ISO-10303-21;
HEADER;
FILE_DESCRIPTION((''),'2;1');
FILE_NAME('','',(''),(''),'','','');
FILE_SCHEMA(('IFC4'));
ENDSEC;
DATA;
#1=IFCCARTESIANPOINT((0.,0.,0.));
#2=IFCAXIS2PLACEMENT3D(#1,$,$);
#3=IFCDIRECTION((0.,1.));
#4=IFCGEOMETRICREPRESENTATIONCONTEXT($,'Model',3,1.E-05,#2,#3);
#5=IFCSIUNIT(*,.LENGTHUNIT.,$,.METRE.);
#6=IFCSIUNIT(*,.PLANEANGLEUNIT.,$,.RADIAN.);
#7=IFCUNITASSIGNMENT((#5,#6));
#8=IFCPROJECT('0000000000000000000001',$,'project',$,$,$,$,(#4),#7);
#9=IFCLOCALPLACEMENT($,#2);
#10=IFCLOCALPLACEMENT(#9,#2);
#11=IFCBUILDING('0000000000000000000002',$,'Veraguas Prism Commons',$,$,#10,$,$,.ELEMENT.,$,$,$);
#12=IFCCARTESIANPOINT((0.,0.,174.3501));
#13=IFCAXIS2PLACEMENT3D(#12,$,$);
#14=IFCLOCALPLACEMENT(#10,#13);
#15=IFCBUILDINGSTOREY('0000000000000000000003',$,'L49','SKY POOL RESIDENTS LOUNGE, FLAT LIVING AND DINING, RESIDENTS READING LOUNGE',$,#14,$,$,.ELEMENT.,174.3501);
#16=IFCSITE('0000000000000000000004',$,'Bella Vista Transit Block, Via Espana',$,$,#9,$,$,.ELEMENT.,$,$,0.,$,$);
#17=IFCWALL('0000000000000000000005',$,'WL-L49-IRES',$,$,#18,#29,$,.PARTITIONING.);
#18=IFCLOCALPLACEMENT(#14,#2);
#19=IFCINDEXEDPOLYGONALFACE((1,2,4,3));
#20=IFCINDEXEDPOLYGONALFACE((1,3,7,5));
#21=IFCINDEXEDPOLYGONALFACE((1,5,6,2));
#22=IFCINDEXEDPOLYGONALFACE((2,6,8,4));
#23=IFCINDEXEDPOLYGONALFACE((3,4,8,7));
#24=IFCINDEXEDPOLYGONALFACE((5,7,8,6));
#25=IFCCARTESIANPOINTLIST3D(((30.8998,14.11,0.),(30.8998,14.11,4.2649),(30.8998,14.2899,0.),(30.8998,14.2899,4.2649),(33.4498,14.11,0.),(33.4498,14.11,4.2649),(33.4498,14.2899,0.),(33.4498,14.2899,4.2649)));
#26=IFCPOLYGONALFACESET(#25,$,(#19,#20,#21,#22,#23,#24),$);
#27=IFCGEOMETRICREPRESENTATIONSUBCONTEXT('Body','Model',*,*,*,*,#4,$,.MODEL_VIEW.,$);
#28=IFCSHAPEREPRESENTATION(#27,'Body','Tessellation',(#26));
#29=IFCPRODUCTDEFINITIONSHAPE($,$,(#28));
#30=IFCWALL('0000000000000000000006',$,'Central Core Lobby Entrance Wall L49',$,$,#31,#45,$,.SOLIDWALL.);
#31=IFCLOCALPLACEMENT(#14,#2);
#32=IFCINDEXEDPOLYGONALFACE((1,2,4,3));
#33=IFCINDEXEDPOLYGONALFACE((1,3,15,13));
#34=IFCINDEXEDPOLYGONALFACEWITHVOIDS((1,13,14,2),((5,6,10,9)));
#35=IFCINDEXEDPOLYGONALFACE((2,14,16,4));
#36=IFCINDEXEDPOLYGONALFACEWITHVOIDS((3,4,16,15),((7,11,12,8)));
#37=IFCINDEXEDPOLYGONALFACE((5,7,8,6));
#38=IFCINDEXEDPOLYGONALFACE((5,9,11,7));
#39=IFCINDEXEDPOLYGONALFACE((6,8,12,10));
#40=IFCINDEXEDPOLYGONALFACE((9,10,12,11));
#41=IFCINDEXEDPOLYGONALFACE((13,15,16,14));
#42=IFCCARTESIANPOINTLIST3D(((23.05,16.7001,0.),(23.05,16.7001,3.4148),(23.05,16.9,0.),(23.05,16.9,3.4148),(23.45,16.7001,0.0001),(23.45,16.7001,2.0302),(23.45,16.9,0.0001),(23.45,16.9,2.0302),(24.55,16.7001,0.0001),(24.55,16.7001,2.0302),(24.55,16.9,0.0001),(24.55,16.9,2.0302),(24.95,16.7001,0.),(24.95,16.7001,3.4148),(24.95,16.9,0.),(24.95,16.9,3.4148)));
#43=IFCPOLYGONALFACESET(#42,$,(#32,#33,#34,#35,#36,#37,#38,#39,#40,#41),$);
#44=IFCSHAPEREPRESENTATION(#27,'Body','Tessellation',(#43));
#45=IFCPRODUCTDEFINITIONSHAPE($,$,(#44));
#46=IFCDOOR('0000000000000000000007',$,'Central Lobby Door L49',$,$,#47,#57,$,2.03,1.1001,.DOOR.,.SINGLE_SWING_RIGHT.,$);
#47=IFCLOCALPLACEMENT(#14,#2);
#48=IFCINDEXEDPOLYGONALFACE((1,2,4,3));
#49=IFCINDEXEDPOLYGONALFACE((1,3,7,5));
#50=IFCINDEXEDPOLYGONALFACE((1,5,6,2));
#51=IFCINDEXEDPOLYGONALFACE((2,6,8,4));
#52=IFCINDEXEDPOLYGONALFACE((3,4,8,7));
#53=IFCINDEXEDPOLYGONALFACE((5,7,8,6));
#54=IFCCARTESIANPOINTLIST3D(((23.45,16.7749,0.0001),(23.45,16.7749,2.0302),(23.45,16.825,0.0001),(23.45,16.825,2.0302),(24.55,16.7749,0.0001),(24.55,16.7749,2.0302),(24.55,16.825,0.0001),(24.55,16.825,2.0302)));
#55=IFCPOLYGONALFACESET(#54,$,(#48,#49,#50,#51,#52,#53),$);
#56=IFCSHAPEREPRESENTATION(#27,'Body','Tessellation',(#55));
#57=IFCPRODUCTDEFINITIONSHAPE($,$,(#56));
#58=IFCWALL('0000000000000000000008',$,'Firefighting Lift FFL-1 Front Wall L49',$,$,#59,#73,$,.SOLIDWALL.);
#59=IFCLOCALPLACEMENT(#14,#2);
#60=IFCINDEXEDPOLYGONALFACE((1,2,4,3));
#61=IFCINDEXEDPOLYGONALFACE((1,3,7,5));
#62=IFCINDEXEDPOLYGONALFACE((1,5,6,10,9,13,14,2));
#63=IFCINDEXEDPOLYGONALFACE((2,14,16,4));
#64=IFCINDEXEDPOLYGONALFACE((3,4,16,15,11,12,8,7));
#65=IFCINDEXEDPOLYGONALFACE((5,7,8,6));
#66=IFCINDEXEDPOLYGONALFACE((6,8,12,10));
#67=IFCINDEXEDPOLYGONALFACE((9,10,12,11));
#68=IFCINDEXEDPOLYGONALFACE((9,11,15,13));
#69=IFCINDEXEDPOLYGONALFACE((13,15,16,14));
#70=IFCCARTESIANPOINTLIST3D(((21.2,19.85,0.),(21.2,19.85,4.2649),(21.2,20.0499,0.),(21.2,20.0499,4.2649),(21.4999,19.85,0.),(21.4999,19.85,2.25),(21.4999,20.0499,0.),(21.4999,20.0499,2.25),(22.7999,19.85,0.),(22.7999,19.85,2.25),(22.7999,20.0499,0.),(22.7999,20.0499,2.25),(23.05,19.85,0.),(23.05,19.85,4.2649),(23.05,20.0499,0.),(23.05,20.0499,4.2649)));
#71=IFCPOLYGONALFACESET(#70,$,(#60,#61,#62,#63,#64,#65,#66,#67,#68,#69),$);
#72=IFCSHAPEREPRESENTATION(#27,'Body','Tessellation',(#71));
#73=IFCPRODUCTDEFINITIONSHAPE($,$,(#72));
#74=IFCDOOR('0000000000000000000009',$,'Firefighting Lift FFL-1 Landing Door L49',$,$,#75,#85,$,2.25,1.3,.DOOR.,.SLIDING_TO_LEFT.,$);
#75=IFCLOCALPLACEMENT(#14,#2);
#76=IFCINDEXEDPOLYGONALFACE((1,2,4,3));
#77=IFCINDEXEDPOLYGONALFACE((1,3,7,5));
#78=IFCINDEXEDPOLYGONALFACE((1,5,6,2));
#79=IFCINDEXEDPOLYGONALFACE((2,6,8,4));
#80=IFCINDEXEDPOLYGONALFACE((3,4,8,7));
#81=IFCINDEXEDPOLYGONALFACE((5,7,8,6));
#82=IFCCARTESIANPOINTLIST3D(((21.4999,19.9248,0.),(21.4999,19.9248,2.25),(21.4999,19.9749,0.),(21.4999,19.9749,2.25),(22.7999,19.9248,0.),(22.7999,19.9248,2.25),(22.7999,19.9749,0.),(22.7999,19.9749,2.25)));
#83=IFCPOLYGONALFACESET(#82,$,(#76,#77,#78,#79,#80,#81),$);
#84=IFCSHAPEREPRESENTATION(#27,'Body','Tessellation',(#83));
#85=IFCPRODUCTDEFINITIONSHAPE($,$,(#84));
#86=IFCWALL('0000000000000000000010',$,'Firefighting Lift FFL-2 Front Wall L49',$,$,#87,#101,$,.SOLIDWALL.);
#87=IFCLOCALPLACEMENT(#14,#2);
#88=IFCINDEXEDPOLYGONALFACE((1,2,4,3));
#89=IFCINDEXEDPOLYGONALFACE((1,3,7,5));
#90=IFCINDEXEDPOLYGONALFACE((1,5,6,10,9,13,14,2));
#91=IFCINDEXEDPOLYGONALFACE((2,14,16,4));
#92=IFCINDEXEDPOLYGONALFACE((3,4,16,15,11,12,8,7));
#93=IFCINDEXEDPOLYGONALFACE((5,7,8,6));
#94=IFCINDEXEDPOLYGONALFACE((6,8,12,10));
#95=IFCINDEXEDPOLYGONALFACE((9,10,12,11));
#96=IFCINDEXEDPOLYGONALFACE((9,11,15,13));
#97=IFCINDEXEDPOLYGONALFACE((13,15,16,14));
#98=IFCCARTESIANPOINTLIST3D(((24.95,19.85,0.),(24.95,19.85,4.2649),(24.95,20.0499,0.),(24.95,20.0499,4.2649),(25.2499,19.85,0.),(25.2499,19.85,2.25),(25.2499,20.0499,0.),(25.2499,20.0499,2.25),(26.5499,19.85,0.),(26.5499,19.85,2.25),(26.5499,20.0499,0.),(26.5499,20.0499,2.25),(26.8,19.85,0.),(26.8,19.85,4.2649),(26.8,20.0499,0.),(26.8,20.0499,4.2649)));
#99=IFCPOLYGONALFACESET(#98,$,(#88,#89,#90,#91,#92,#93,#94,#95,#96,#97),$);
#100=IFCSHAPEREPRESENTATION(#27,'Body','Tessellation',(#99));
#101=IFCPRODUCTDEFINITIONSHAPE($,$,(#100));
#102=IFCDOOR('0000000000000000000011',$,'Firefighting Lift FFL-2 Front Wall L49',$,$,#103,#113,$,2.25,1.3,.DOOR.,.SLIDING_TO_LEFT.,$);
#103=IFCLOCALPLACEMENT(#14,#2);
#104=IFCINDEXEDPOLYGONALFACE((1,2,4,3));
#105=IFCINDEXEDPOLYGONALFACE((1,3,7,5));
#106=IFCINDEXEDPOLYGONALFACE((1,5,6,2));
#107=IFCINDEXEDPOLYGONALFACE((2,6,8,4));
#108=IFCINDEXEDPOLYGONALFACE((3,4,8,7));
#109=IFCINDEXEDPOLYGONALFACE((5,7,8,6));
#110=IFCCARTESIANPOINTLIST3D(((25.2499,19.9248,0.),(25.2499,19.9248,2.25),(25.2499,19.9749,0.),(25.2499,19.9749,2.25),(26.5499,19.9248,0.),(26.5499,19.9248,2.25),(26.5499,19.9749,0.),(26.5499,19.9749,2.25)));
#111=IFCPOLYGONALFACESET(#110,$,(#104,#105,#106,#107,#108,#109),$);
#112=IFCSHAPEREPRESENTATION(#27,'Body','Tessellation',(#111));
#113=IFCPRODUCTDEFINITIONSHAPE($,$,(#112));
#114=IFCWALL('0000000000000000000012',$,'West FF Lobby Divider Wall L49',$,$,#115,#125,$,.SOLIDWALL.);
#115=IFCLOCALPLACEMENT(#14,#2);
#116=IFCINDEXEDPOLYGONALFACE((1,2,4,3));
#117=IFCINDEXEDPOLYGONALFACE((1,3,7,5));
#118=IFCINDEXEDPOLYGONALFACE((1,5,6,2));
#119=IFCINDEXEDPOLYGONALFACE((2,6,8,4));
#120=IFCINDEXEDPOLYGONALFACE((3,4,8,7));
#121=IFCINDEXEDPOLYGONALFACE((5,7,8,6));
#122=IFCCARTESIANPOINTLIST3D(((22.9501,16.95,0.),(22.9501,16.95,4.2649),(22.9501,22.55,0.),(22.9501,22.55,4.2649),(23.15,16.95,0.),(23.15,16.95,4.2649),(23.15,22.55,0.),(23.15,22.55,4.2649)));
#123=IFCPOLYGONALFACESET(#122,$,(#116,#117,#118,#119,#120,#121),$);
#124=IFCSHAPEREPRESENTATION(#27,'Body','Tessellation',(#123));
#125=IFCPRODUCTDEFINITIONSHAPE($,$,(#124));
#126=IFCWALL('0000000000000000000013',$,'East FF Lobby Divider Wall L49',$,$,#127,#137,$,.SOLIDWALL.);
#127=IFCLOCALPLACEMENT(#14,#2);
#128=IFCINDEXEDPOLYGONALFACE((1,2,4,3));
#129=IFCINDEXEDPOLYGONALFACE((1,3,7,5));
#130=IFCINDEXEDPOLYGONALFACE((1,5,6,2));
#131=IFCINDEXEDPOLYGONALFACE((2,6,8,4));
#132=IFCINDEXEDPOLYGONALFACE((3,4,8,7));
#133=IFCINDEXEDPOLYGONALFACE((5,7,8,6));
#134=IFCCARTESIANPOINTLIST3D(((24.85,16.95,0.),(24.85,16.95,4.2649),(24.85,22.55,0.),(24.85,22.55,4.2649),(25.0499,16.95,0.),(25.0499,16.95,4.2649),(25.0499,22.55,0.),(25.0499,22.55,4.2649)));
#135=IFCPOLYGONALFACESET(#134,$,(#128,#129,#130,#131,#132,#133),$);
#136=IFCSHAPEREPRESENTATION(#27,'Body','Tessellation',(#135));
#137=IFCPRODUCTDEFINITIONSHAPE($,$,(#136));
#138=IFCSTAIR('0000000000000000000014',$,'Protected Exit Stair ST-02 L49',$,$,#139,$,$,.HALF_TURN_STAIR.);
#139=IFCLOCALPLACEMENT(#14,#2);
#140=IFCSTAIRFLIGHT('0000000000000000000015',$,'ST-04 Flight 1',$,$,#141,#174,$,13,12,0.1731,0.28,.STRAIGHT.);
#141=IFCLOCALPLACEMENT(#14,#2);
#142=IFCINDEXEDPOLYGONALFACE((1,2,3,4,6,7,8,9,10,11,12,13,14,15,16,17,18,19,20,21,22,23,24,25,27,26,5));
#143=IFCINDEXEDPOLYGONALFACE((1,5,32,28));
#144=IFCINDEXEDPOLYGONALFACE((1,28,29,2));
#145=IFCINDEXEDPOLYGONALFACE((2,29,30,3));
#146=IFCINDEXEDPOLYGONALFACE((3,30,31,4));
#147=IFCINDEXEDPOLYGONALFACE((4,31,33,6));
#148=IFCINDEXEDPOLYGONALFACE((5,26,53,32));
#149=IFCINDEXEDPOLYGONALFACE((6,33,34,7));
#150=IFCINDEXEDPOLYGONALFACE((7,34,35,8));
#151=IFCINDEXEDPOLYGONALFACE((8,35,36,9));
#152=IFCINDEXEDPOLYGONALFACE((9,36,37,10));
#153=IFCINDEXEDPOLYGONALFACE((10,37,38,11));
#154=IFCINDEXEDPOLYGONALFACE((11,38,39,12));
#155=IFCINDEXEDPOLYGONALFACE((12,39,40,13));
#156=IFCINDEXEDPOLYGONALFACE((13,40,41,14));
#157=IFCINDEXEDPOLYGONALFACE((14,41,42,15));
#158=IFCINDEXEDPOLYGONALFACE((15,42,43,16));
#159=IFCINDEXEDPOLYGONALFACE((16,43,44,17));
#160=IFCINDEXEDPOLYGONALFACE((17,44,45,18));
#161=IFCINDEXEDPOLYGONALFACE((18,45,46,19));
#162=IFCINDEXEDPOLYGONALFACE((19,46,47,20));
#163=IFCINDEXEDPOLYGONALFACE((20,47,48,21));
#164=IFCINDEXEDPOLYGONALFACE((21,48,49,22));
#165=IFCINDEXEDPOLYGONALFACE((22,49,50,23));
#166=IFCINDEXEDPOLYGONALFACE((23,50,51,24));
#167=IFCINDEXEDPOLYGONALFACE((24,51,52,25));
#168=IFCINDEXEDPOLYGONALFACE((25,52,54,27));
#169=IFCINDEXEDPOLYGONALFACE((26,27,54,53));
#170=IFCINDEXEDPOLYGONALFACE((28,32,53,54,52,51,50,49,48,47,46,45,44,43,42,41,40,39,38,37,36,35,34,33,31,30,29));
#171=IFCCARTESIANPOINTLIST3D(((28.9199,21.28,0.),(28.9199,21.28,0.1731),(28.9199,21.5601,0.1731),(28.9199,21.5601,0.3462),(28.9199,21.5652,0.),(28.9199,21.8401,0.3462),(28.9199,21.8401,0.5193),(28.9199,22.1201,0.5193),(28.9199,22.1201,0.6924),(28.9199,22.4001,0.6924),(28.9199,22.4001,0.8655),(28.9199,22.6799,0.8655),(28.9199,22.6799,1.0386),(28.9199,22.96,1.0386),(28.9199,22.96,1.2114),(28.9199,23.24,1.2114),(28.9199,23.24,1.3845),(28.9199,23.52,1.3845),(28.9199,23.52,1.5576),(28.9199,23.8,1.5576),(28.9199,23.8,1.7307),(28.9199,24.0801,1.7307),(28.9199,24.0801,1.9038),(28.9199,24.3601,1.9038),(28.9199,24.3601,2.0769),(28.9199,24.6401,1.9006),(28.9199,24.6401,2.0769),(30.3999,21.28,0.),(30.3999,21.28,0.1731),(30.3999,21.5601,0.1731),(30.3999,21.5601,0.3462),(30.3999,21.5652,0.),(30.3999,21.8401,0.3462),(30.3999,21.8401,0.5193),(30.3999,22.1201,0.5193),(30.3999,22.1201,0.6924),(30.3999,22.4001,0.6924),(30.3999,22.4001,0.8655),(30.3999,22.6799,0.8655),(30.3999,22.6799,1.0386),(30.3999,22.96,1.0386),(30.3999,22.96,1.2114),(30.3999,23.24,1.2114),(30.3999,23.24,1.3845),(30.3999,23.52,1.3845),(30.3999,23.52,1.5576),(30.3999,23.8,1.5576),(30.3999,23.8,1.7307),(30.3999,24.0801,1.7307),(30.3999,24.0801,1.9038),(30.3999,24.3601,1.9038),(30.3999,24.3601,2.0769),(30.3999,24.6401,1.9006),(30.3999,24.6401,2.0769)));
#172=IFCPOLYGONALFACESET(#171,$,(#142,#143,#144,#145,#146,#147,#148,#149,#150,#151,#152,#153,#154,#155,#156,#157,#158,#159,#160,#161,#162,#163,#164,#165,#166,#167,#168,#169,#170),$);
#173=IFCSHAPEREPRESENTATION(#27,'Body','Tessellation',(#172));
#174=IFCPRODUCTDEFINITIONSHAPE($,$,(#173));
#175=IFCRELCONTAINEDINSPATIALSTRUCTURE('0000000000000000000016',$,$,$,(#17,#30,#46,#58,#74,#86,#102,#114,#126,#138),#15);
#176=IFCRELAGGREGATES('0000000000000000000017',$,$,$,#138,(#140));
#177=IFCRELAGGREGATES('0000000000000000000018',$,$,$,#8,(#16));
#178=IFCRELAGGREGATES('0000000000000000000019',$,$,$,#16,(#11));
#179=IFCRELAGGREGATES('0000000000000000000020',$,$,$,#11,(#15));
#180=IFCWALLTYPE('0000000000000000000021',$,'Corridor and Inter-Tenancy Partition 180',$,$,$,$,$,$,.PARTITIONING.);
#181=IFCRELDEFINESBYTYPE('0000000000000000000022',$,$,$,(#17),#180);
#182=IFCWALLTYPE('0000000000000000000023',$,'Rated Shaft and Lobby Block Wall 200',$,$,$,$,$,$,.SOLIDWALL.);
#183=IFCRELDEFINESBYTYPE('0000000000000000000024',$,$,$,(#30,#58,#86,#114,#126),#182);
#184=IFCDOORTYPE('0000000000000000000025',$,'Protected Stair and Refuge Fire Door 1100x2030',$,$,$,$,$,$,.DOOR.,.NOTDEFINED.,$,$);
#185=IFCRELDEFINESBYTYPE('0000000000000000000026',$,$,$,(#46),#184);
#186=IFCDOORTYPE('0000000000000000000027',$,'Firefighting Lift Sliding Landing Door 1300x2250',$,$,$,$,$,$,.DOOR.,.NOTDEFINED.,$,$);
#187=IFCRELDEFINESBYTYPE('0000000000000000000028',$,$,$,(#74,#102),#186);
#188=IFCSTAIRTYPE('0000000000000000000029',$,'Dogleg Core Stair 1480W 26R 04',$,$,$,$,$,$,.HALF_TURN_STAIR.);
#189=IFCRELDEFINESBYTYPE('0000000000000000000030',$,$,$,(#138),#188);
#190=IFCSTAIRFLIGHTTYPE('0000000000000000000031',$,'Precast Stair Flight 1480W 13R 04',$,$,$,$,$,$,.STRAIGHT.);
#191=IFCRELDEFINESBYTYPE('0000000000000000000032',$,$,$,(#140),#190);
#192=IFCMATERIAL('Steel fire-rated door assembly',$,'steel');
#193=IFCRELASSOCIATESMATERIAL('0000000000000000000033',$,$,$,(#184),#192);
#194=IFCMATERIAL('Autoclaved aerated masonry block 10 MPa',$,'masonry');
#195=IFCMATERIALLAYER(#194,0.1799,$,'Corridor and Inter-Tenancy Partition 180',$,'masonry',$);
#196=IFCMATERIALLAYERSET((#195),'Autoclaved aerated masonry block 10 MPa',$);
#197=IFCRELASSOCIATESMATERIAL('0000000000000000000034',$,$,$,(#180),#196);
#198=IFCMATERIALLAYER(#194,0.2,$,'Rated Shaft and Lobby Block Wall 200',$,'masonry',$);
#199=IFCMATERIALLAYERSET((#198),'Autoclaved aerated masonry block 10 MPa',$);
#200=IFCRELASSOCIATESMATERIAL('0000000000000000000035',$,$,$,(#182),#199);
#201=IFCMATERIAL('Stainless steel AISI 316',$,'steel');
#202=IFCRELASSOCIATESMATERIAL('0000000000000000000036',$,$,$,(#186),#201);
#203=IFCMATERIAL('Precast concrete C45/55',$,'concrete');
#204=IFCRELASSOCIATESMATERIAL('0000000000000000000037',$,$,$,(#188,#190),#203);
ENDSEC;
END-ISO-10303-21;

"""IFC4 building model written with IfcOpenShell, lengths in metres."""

from ifc_helpers import new_model, si_unit, direction, frame, frame_2d, origin, place, context, subcontext, project, spatial, polyline, rectangle, outline, extrude, source, transform, mapped, material, layer, layer_set, type_object, element, fill, aggregate, save


model = new_model("IFC4")

# Units and contexts
model_context = context("Model", 3, precision=1e-05, world=origin(), true_north=direction((0.0, 1.0)))
body_context = subcontext(model_context, "Body", "Model", "MODEL_VIEW")
ifc_project = project(units=[si_unit("LENGTHUNIT", "METRE"), si_unit("PLANEANGLEUNIT", "RADIAN")], contexts=[model_context])

# Site, building, storey
site_placement = place(None, origin())
site = spatial("IfcSite", under=ifc_project, at=site_placement, Name="Bella Vista Transit Block, Via Espana", CompositionType="ELEMENT", RefElevation=0.0)
building_placement = place(site_placement, origin())
building = spatial("IfcBuilding", under=site, at=building_placement, Name="Veraguas Prism Commons", CompositionType="ELEMENT")
storey_placement = place(building_placement, frame((0.0, 0.0, 174.3501)))
storey = spatial("IfcBuildingStorey", under=building, at=storey_placement, Name="L49", Description="SKY POOL RESIDENTS LOUNGE, FLAT LIVING AND DINING, RESIDENTS READING LOUNGE", CompositionType="ELEMENT", Elevation=174.3501)

# Shared definitions
ifc_material_1 = material(Name="Steel fire-rated door assembly", Category="steel")
door_type_1 = type_object("IfcDoorType", Name="Protected Stair and Refuge Fire Door 1100x2030", OperationType="NOTDEFINED", PredefinedType="DOOR", material=ifc_material_1)
shared_shape_1 = source(origin(), body_context, "Body", "SweptSolid", [
    extrude(rectangle(XDim=1.1001, YDim=2.03, at=frame_2d((0.55, 1.0151))), frame((0.0, 0.0249, 0.0), z_axis=(0.0, -1.0, 0.0), x_axis=(1.0, 0.0, 0.0)), (0.0, 0.0, 1.0), 0.05),
])

# Wall
ifc_material_2 = material(Name="Autoclaved aerated masonry block 10 MPa", Category="masonry")
ifc_layer_1 = layer(ifc_material_2, 0.1799, Name="Corridor and Inter-Tenancy Partition 180", Category="masonry")
ifc_layer_set_1 = layer_set([ifc_layer_1], Name="Autoclaved aerated masonry block 10 MPa")
wall_type_1 = type_object("IfcWallType", Name="Corridor and Inter-Tenancy Partition 180", PredefinedType="PARTITIONING", material=ifc_layer_set_1)
wall_1_placement = place(storey_placement, frame((30.8999, 14.2, 0.0), z_axis=(0.0, 0.0, 1.0), x_axis=(1.0, 0.0, 0.0)))
element("IfcWall", 1, at=wall_1_placement, inside=storey, type_object=wall_type_1, Name="WL-L49-IRES", PredefinedType="PARTITIONING", context=body_context, shape_type="SweptSolid", body=[
    extrude(rectangle(XDim=2.55, YDim=0.1799, at=frame_2d((1.2749, 0.0))), origin(), (0.0, 0.0, 1.0), 4.2649),
])

# Walls, openings, doors
ifc_layer_2 = layer(ifc_material_2, 0.2, Name="Rated Shaft and Lobby Block Wall 200", Category="masonry")
ifc_layer_set_2 = layer_set([ifc_layer_2], Name="Autoclaved aerated masonry block 10 MPa")
wall_type_2 = type_object("IfcWallType", Name="Rated Shaft and Lobby Block Wall 200", PredefinedType="SOLIDWALL", material=ifc_layer_set_2)
wall_2_placement = place(storey_placement, frame((23.05, 16.8, 0.0), z_axis=(0.0, 0.0, 1.0), x_axis=(1.0, 0.0, 0.0)))
wall_2 = element("IfcWall", 2, at=wall_2_placement, inside=storey, type_object=wall_type_2, Name="Central Core Lobby Entrance Wall L49", PredefinedType="SOLIDWALL", context=body_context, shape_type="SweptSolid", body=[
    extrude(rectangle(XDim=1.8999, YDim=0.2, at=frame_2d((0.95, 0.0))), origin(), (0.0, 0.0, 1.0), 3.4148),
])
opening_1_placement = place(wall_2_placement, frame((0.3999, 0.0, 0.0)))
opening_1 = element("IfcOpeningElement", 3, at=opening_1_placement, cuts=wall_2, PredefinedType="OPENING", context=body_context, shape_type="SweptSolid", body=[
    extrude(rectangle(XDim=1.1001, YDim=2.03, at=frame_2d((0.55, 1.0151))), frame((0.0, 0.1099, 0.0), z_axis=(0.0, -1.0, 0.0), x_axis=(1.0, 0.0, 0.0)), (0.0, 0.0, 1.0), 0.22),
])
door_1_placement = place(opening_1_placement, origin())
door_1 = element("IfcDoor", 4, at=door_1_placement, inside=storey, type_object=door_type_1, Name="Central Lobby Door L49", OperationType="SINGLE_SWING_RIGHT", OverallHeight=2.03, OverallWidth=1.1001, PredefinedType="DOOR", context=body_context, shape_type="MappedRepresentation", body=[
    mapped(shared_shape_1, transform((0.0, 0.0, 0.0), scale=1.0)),
])
fill(opening_1, door_1)
wall_3_placement = place(storey_placement, frame((21.2, 19.95, 0.0), z_axis=(0.0, 0.0, 1.0), x_axis=(1.0, 0.0, 0.0)))
wall_3 = element("IfcWall", 5, at=wall_3_placement, inside=storey, type_object=wall_type_2, Name="Firefighting Lift FFL-1 Front Wall L49", PredefinedType="SOLIDWALL", context=body_context, shape_type="SweptSolid", body=[
    extrude(rectangle(XDim=1.8501, YDim=0.2, at=frame_2d((0.925, 0.0))), origin(), (0.0, 0.0, 1.0), 4.2649),
])
opening_2_placement = place(wall_3_placement, frame((0.3, 0.0, 0.0)))
opening_2 = element("IfcOpeningElement", 6, at=opening_2_placement, cuts=wall_3, PredefinedType="OPENING", context=body_context, shape_type="SweptSolid", body=[
    extrude(rectangle(XDim=1.3, YDim=2.25, at=frame_2d((0.6499, 1.125))), frame((0.0, 0.1099, 0.0), z_axis=(0.0, -1.0, 0.0), x_axis=(1.0, 0.0, 0.0)), (0.0, 0.0, 1.0), 0.22),
])
ifc_material_3 = material(Name="Stainless steel AISI 316", Category="steel")
door_type_2 = type_object("IfcDoorType", Name="Firefighting Lift Sliding Landing Door 1300x2250", OperationType="NOTDEFINED", PredefinedType="DOOR", material=ifc_material_3)
shared_shape_2 = source(origin(), body_context, "Body", "SweptSolid", [
    extrude(rectangle(XDim=1.3, YDim=2.25, at=frame_2d((0.6499, 1.125))), frame((0.0, 0.0249, 0.0), z_axis=(0.0, -1.0, 0.0), x_axis=(1.0, 0.0, 0.0)), (0.0, 0.0, 1.0), 0.05),
])
door_2_placement = place(opening_2_placement, origin())
door_2 = element("IfcDoor", 7, at=door_2_placement, inside=storey, type_object=door_type_2, Name="Firefighting Lift FFL-1 Landing Door L49", OperationType="SLIDING_TO_LEFT", OverallHeight=2.25, OverallWidth=1.3, PredefinedType="DOOR", context=body_context, shape_type="MappedRepresentation", body=[
    mapped(shared_shape_2, transform((0.0, 0.0, 0.0), scale=1.0)),
])
fill(opening_2, door_2)
wall_4_placement = place(storey_placement, frame((24.95, 19.95, 0.0), z_axis=(0.0, 0.0, 1.0), x_axis=(1.0, 0.0, 0.0)))
wall_4 = element("IfcWall", 8, at=wall_4_placement, inside=storey, type_object=wall_type_2, Name="Firefighting Lift FFL-2 Front Wall L49", PredefinedType="SOLIDWALL", context=body_context, shape_type="SweptSolid", body=[
    extrude(rectangle(XDim=1.8501, YDim=0.2, at=frame_2d((0.925, 0.0))), origin(), (0.0, 0.0, 1.0), 4.2649),
])
opening_3_placement = place(wall_4_placement, frame((0.3, 0.0, 0.0)))
opening_3 = element("IfcOpeningElement", 9, at=opening_3_placement, cuts=wall_4, PredefinedType="OPENING", context=body_context, shape_type="SweptSolid", body=[
    extrude(rectangle(XDim=1.3, YDim=2.25, at=frame_2d((0.6499, 1.125))), frame((0.0, 0.1099, 0.0), z_axis=(0.0, -1.0, 0.0), x_axis=(1.0, 0.0, 0.0)), (0.0, 0.0, 1.0), 0.22),
])
door_3_placement = place(opening_3_placement, origin())
door_3 = element("IfcDoor", 10, at=door_3_placement, inside=storey, type_object=door_type_2, Name="Firefighting Lift FFL-2 Front Wall L49", OperationType="SLIDING_TO_LEFT", OverallHeight=2.25, OverallWidth=1.3, PredefinedType="DOOR", context=body_context, shape_type="MappedRepresentation", body=[
    mapped(shared_shape_2, transform((0.0, 0.0, 0.0), scale=1.0)),
])
fill(opening_3, door_3)

# Walls
for number, where, z_axis, x_axis, name in (
    (11, (23.05, 16.95, 0.0), (0.0, 0.0, 1.0), (0.0, 1.0, 0.0), "West FF Lobby Divider Wall L49"),
    (12, (24.95, 16.95, 0.0), (0.0, 0.0, 1.0), (0.0, 1.0, 0.0), "East FF Lobby Divider Wall L49"),
):
    element("IfcWall", number, at=place(storey_placement, frame(where, z_axis=z_axis, x_axis=x_axis)), inside=storey, type_object=wall_type_2, Name=name, PredefinedType="SOLIDWALL", context=body_context, shape_type="SweptSolid", body=[
        extrude(rectangle(XDim=5.6001, YDim=0.2, at=frame_2d((2.8, 0.0))), origin(), (0.0, 0.0, 1.0), 4.2649),
    ])

# Stair, stair flight
ifc_material_4 = material(Name="Precast concrete C45/55", Category="concrete")
stair_type = type_object("IfcStairType", Name="Dogleg Core Stair 1480W 26R 04", PredefinedType="HALF_TURN_STAIR", material=ifc_material_4)
stair_placement = place(storey_placement, origin())
stair = element("IfcStair", 13, at=stair_placement, inside=storey, type_object=stair_type, Name="Protected Exit Stair ST-02 L49", PredefinedType="HALF_TURN_STAIR")
stair_flight_type = type_object("IfcStairFlightType", Name="Precast Stair Flight 1480W 13R 04", PredefinedType="STRAIGHT", material=ifc_material_4)
stair_flight_placement = place(storey_placement, frame((29.6599, 21.28, 0.0), z_axis=(0.0, 0.0, 1.0), x_axis=(0.0, 1.0, 0.0)))
stair_flight = element("IfcStairFlight", 14, at=stair_flight_placement, type_object=stair_flight_type, Name="ST-04 Flight 1", NumberOfRisers=13, NumberOfTreads=12, PredefinedType="STRAIGHT", RiserHeight=0.1731, TreadLength=0.28, context=body_context, shape_type="SweptSolid", body=[
    extrude(outline(polyline([(0.0, 0.0), (0.0, 0.1731), (0.28, 0.1731), (0.28, 0.3462), (0.5601, 0.3462), (0.5601, 0.5193), (0.8401, 0.5193), (0.8401, 0.6924), (1.1201, 0.6924), (1.1201, 0.8655), (1.3999, 0.8655), (1.3999, 1.0386), (1.6799, 1.0386), (1.6799, 1.2114), (1.96, 1.2114), (1.96, 1.3845), (2.24, 1.3845), (2.24, 1.5576), (2.52, 1.5576), (2.52, 1.7307), (2.8, 1.7307), (2.8, 1.9038), (3.0801, 1.9038), (3.0801, 2.0769), (3.3601, 2.0769), (3.3601, 2.25), (3.3601, 1.9006), (0.2852, 0.0), (0.0, 0.0)])), frame((0.0, 0.74, 0.0), z_axis=(0.0, -1.0, 0.0), x_axis=(1.0, 0.0, 0.0)), (0.0, 0.0, 1.0), 1.48),
])
aggregate(stair, [stair_flight])

save(model, "model.ifc")
